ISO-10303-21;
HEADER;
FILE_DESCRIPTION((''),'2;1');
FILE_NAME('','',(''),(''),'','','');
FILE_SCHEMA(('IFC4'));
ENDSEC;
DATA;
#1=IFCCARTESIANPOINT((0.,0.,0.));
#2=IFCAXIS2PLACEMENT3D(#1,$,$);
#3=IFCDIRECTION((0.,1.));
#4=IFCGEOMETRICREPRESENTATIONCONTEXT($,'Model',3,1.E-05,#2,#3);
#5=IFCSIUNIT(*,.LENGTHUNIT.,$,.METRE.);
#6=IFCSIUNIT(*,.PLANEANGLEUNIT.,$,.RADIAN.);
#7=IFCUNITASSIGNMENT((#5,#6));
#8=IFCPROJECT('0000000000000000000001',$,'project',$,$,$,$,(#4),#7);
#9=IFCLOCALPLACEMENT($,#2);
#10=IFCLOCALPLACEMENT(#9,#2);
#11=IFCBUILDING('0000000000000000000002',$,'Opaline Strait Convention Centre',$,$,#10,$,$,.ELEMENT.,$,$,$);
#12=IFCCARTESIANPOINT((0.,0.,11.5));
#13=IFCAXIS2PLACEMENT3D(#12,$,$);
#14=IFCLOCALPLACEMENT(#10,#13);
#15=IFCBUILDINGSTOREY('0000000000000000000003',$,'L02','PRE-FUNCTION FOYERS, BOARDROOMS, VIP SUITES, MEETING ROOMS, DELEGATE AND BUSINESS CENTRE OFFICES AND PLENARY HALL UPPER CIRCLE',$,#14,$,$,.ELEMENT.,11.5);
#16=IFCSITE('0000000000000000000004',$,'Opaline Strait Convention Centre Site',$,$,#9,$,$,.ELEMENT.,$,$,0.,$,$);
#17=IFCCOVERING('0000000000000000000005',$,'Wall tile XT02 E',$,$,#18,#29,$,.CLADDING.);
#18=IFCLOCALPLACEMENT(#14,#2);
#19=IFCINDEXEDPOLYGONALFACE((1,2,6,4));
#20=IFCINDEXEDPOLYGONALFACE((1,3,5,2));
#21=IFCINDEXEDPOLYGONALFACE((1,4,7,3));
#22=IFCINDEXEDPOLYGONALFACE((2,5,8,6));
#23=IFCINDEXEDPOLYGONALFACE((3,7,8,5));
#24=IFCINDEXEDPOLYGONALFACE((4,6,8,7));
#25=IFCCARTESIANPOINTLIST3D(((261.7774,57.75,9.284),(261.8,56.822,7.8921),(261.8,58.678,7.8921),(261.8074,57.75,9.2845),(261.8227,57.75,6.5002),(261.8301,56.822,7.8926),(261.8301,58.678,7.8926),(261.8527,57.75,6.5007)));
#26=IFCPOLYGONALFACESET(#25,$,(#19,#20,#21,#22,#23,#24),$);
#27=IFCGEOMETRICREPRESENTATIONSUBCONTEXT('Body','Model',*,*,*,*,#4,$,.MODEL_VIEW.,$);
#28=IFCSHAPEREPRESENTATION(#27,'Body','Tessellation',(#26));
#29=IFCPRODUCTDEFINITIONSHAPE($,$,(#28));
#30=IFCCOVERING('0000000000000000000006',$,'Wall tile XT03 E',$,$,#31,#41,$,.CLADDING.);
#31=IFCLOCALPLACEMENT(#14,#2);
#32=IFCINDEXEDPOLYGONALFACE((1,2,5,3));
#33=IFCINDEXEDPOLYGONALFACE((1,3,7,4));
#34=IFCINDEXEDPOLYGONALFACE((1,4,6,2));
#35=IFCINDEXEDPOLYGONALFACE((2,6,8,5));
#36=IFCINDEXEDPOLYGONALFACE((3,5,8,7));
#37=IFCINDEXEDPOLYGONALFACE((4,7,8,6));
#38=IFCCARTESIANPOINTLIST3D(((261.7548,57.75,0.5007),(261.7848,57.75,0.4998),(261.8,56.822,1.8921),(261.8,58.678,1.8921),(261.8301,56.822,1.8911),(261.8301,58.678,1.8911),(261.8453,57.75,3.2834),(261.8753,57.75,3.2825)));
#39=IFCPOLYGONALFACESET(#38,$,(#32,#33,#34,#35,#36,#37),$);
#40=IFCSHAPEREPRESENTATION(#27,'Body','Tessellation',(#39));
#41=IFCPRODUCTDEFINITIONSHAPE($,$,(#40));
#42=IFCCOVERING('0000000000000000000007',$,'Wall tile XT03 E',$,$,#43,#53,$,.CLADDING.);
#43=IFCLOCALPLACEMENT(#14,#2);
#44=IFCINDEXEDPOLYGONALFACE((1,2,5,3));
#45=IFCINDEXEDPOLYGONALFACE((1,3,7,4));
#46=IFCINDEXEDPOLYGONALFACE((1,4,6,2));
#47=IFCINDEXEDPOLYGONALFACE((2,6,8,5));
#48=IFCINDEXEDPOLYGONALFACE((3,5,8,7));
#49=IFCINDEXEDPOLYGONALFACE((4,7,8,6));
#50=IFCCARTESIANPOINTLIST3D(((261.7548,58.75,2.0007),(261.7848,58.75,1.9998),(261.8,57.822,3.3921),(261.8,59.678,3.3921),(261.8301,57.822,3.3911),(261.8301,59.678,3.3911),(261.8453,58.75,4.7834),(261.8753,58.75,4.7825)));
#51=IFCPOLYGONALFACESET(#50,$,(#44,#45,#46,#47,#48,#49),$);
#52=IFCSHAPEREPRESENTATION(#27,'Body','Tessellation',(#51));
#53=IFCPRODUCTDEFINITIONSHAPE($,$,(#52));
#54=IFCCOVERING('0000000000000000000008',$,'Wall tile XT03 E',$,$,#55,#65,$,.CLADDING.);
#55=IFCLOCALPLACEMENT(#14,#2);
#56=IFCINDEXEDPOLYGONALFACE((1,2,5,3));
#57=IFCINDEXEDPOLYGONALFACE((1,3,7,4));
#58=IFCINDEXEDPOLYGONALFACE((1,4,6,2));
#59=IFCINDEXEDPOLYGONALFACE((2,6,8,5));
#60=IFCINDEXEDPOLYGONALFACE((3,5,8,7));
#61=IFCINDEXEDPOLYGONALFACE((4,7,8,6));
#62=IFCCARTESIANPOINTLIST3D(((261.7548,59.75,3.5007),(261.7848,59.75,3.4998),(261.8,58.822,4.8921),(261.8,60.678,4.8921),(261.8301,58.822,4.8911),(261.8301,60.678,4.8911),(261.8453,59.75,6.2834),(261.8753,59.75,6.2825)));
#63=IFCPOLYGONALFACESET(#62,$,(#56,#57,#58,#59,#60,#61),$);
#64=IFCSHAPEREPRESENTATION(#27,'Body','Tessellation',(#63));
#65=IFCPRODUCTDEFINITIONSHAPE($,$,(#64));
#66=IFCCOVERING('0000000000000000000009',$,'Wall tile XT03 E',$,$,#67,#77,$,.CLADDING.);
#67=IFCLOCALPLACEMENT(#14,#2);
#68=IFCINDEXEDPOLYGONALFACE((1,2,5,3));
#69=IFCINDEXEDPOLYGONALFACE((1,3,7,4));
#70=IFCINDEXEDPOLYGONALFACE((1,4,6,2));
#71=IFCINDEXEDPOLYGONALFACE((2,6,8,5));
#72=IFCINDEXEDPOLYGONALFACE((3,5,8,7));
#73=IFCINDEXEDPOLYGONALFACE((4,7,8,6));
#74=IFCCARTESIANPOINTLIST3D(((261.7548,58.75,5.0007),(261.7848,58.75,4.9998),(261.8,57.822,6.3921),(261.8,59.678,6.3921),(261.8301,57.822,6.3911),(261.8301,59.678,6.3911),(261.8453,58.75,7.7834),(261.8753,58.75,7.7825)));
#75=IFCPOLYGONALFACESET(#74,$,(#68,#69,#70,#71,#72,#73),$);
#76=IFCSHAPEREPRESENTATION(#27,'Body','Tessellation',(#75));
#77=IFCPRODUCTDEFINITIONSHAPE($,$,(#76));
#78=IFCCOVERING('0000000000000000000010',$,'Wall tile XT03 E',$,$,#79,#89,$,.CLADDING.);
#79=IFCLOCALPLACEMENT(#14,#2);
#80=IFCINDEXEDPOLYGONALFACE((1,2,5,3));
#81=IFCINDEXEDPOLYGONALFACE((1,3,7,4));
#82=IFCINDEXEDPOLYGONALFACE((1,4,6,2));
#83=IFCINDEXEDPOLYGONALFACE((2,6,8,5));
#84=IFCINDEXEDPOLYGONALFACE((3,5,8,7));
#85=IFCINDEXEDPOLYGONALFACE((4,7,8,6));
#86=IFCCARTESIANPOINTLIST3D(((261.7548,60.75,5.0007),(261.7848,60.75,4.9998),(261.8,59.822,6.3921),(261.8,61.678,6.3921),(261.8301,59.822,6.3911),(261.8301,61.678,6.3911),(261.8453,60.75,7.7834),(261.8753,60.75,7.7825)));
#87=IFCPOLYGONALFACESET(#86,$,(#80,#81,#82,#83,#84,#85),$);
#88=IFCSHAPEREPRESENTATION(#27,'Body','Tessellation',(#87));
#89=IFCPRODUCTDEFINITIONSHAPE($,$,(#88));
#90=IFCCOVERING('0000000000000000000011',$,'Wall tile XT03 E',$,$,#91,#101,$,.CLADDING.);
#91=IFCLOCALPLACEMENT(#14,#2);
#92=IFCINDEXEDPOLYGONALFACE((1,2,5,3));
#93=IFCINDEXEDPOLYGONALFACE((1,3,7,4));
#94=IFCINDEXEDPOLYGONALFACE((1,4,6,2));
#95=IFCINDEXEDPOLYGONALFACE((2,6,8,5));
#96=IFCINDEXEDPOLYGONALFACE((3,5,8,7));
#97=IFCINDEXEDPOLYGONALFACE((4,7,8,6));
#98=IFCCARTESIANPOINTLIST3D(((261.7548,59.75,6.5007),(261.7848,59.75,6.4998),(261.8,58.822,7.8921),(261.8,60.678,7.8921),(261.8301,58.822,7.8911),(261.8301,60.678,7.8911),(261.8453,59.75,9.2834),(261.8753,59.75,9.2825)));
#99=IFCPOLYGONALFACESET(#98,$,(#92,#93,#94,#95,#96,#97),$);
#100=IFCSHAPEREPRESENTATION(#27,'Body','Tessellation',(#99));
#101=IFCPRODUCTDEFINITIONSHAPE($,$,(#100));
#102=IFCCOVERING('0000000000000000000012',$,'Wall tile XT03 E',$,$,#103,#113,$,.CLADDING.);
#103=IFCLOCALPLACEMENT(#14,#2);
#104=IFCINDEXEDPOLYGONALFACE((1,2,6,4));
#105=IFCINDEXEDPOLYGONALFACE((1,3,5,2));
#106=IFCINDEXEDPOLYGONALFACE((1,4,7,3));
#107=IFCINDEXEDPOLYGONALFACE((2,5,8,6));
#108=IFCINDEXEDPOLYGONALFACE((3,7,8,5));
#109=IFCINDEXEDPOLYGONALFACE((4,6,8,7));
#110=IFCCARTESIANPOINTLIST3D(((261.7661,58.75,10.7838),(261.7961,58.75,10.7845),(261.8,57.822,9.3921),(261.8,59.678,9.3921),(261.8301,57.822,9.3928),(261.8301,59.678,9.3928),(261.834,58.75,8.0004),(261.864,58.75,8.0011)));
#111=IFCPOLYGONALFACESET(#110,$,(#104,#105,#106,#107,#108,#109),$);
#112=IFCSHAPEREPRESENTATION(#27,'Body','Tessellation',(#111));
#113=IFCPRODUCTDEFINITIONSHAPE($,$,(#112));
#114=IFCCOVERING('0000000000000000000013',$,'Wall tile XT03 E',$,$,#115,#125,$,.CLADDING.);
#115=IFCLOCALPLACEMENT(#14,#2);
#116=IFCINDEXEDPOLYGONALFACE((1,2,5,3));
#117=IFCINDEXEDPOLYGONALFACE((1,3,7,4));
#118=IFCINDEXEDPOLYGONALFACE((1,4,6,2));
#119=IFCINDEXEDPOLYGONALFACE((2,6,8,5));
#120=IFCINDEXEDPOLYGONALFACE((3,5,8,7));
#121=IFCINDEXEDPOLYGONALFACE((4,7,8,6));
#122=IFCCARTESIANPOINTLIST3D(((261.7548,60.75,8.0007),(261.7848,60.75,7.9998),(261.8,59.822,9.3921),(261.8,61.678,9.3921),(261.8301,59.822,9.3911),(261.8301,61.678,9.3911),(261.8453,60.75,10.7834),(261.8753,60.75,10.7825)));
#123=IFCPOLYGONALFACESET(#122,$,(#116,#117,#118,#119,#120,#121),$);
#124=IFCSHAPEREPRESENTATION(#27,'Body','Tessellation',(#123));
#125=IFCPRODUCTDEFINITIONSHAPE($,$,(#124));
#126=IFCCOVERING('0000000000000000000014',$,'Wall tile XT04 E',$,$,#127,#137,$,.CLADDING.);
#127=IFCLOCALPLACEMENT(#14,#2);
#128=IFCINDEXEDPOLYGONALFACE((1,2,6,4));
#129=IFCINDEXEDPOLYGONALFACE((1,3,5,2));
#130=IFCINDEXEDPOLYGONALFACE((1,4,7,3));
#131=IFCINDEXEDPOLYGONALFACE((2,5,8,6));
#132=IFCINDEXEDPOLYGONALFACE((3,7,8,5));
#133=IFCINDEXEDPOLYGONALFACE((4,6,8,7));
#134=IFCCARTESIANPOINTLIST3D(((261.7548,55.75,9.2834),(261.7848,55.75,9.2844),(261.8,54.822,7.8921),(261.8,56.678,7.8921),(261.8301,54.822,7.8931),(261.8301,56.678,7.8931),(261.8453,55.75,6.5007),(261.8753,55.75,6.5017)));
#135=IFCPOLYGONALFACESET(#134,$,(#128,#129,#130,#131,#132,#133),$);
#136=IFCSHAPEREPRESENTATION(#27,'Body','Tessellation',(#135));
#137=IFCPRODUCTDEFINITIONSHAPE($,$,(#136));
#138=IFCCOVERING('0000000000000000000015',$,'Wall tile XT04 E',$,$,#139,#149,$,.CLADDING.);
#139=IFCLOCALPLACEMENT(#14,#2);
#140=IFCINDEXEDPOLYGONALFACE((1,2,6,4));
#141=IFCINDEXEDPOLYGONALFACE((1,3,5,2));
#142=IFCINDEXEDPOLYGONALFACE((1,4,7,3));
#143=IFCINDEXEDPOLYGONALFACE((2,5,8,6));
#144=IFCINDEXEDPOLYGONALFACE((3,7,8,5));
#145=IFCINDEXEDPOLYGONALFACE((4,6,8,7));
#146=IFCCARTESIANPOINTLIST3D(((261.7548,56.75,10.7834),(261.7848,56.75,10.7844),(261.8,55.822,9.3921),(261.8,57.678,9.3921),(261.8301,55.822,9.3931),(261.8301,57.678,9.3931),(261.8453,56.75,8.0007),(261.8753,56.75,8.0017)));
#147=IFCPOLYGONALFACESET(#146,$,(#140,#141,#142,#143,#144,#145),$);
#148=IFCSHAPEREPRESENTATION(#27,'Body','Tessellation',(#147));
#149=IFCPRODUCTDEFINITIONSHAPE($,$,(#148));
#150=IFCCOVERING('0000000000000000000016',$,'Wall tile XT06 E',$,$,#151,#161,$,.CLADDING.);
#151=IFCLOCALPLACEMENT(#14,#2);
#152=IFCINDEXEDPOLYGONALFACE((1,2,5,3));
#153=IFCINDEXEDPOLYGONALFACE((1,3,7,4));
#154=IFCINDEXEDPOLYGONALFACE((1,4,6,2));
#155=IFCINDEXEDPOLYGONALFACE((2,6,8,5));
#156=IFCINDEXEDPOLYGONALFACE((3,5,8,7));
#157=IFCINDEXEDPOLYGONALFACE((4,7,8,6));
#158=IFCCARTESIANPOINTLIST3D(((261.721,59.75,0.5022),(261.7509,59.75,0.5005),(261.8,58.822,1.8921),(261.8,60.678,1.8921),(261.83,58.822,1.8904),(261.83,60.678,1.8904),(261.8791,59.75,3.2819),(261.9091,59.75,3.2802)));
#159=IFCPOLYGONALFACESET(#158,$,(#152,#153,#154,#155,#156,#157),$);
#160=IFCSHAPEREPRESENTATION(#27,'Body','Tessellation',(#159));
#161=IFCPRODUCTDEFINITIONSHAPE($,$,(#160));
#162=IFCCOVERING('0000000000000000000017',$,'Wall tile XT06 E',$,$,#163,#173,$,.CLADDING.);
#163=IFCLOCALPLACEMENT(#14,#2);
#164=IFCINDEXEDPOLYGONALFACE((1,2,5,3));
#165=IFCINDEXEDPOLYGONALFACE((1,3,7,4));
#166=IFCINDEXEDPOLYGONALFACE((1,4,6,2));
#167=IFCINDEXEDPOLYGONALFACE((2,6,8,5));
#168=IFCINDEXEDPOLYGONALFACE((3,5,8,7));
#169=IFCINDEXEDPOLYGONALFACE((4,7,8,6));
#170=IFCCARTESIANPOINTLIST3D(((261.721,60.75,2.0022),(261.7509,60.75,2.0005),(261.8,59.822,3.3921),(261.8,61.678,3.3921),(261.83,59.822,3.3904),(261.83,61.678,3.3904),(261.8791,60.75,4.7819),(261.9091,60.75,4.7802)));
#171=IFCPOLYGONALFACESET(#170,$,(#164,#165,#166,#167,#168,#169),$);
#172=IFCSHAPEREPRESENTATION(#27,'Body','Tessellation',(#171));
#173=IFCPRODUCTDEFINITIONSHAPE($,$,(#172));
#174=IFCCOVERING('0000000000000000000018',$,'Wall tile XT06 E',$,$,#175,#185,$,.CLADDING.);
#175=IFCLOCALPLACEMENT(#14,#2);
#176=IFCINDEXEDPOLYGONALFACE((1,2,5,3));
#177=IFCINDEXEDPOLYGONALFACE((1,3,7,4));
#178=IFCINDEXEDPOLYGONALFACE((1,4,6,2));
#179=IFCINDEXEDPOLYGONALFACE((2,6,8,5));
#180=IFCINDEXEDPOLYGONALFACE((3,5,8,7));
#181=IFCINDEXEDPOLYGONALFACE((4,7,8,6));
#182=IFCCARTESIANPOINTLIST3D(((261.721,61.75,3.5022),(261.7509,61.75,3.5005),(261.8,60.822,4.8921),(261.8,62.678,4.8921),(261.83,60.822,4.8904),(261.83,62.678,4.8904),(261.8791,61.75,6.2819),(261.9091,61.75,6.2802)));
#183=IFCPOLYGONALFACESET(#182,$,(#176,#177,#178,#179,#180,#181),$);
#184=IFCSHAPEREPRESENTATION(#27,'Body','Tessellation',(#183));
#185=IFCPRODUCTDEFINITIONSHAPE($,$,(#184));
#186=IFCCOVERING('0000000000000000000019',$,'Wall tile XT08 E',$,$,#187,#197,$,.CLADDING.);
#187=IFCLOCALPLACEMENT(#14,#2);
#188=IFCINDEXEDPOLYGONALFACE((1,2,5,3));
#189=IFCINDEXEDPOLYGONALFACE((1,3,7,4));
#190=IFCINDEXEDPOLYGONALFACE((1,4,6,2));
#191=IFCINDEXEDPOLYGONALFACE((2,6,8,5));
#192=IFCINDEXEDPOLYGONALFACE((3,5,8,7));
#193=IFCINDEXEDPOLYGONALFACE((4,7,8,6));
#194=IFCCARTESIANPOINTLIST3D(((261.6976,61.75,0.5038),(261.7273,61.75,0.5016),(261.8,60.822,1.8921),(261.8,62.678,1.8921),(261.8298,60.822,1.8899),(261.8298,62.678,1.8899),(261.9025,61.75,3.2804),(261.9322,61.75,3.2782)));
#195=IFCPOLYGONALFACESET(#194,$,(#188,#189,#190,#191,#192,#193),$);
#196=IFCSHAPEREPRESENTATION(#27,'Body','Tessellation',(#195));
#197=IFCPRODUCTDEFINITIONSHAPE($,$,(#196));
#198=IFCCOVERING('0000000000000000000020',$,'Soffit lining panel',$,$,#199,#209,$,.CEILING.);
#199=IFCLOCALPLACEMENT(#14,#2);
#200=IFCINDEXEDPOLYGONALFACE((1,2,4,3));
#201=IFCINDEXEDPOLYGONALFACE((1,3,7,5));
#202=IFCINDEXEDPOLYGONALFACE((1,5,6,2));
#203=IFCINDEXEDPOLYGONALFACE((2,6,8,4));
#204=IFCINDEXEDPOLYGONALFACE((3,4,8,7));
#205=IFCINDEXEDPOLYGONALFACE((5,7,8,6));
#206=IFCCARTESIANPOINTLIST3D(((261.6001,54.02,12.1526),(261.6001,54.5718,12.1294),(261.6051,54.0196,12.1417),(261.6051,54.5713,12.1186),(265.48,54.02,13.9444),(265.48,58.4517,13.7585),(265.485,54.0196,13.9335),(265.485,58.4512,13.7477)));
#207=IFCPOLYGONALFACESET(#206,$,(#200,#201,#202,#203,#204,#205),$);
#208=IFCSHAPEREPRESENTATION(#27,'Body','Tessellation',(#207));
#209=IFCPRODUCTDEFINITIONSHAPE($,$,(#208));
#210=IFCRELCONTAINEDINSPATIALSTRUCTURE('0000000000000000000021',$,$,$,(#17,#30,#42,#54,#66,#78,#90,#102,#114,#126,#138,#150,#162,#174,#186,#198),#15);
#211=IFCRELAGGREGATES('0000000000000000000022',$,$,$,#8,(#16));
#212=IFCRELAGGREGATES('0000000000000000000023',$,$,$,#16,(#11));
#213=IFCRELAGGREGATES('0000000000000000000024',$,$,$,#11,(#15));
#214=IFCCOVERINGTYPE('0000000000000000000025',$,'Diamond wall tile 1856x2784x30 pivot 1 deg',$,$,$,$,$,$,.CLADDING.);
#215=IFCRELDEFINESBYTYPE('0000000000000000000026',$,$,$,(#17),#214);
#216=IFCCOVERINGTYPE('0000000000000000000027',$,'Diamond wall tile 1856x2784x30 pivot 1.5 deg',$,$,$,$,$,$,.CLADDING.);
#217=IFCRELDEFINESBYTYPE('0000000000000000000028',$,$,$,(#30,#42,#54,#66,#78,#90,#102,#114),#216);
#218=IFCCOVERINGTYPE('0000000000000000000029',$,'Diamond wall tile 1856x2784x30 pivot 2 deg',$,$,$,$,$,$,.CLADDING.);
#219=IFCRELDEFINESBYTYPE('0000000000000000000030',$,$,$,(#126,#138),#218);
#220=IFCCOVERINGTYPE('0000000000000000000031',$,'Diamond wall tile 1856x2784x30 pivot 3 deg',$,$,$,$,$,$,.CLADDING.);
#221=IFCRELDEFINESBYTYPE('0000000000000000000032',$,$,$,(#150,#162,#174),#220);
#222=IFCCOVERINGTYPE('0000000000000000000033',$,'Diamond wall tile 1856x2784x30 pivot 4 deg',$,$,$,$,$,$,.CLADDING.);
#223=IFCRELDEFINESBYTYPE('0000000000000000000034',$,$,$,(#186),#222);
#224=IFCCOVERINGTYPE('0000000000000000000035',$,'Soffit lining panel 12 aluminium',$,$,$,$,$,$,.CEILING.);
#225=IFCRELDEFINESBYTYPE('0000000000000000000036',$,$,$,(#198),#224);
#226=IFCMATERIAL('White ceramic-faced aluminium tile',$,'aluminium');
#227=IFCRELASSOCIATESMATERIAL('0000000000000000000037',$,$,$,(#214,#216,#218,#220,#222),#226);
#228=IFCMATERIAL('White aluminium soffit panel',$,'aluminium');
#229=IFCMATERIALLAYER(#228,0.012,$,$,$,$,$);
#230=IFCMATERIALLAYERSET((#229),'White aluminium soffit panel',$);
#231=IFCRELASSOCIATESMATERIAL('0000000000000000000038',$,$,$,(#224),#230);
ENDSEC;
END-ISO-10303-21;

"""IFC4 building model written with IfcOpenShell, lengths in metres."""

from ifc_helpers import new_model, si_unit, direction, frame, origin, place, context, subcontext, project, spatial, polyline, outline, extrude, material, layer, layer_set, material_profile, profile_set, type_object, element, save


model = new_model("IFC4")

# Units and contexts
model_context = context("Model", 3, precision=1e-05, world=origin(), true_north=direction((0.0, 1.0)))
body_context = subcontext(model_context, "Body", "Model", "MODEL_VIEW")
ifc_project = project(units=[si_unit("LENGTHUNIT", "METRE"), si_unit("PLANEANGLEUNIT", "RADIAN")], contexts=[model_context])

# Site, building, storey
site_placement = place(None, origin())
site = spatial("IfcSite", under=ifc_project, at=site_placement, Name="Opaline Strait Convention Centre Site", CompositionType="ELEMENT", RefElevation=0.0)
building_placement = place(site_placement, origin())
building = spatial("IfcBuilding", under=site, at=building_placement, Name="Opaline Strait Convention Centre", CompositionType="ELEMENT")
storey_placement = place(building_placement, frame((0.0, 0.0, 11.5)))
storey = spatial("IfcBuildingStorey", under=building, at=storey_placement, Name="L02", Description="PRE-FUNCTION FOYERS, BOARDROOMS, VIP SUITES, MEETING ROOMS, DELEGATE AND BUSINESS CENTRE OFFICES AND PLENARY HALL UPPER CIRCLE", CompositionType="ELEMENT", Elevation=11.5)

# Coverings
ifc_material_1 = material(Name="White ceramic-faced aluminium tile", Category="aluminium")
ifc_material_profile_1 = material_profile(ifc_material_1, outline(polyline([(0.928, 0.0), (0.0, 1.3921), (-0.928, 0.0), (0.0, -1.3921), (0.928, 0.0)])), Name="Diamond tile 1856x2784")
ifc_profile_set_1 = profile_set([ifc_material_profile_1], Name="White ceramic-faced aluminium tile")
covering_type_1 = type_object("IfcCoveringType", Name="Diamond wall tile 1856x2784x30 pivot 1 deg", PredefinedType="CLADDING", material=ifc_profile_set_1)
for number, where, z_axis, x_axis, name in (
    (1, (261.8, 57.75, 7.8921), (0.999868, 0.0, 0.016258), (0.0, 1.0, 0.0), "Wall tile XT02 E"),
):
    element("IfcCovering", number, at=place(storey_placement, frame(where, z_axis=z_axis, x_axis=x_axis)), inside=storey, type_object=covering_type_1, Name=name, PredefinedType="CLADDING", context=body_context, shape_type="SweptSolid", body=[
        extrude(outline(polyline([(0.928, 0.0), (0.0, 1.3921), (-0.928, 0.0), (0.0, -1.3921), (0.928, 0.0)])), origin(), (0.0, 0.0, 1.0), 0.03),
    ])
ifc_material_profile_2 = material_profile(ifc_material_1, outline(polyline([(0.928, 0.0), (0.0, 1.3921), (-0.928, 0.0), (0.0, -1.3921), (0.928, 0.0)])), Name="Diamond tile 1856x2784")
ifc_profile_set_2 = profile_set([ifc_material_profile_2], Name="White ceramic-faced aluminium tile")
covering_type_2 = type_object("IfcCoveringType", Name="Diamond wall tile 1856x2784x30 pivot 1.5 deg", PredefinedType="CLADDING", material=ifc_profile_set_2)
for number, where, z_axis, x_axis, name in (
    (2, (261.8, 57.75, 1.8921), (0.999472, 0.0, -0.032503), (0.0, 1.0, 0.0), "Wall tile XT03 E"),
    (3, (261.8, 58.75, 3.3921), (0.999472, 0.0, -0.032503), (0.0, 1.0, 0.0), "Wall tile XT03 E"),
    (4, (261.8, 59.75, 4.8921), (0.999472, 0.0, -0.032503), (0.0, 1.0, 0.0), "Wall tile XT03 E"),
    (5, (261.8, 58.75, 6.3921), (0.999472, 0.0, -0.032503), (0.0, 1.0, 0.0), "Wall tile XT03 E"),
    (6, (261.8, 60.75, 6.3921), (0.999472, 0.0, -0.032503), (0.0, 1.0, 0.0), "Wall tile XT03 E"),
    (7, (261.8, 59.75, 7.8921), (0.999472, 0.0, -0.032503), (0.0, 1.0, 0.0), "Wall tile XT03 E"),
    (8, (261.8, 58.75, 9.3921), (0.999703, 0.0, 0.024383), (0.0, 1.0, 0.0), "Wall tile XT03 E"),
    (9, (261.8, 60.75, 9.3921), (0.999472, 0.0, -0.032503), (0.0, 1.0, 0.0), "Wall tile XT03 E"),
):
    element("IfcCovering", number, at=place(storey_placement, frame(where, z_axis=z_axis, x_axis=x_axis)), inside=storey, type_object=covering_type_2, Name=name, PredefinedType="CLADDING", context=body_context, shape_type="SweptSolid", body=[
        extrude(outline(polyline([(0.928, 0.0), (0.0, 1.3921), (-0.928, 0.0), (0.0, -1.3921), (0.928, 0.0)])), origin(), (0.0, 0.0, 1.0), 0.03),
    ])
ifc_material_profile_3 = material_profile(ifc_material_1, outline(polyline([(0.928, 0.0), (0.0, 1.3921), (-0.928, 0.0), (0.0, -1.3921), (0.928, 0.0)])), Name="Diamond tile 1856x2784")
ifc_profile_set_3 = profile_set([ifc_material_profile_3], Name="White ceramic-faced aluminium tile")
covering_type_3 = type_object("IfcCoveringType", Name="Diamond wall tile 1856x2784x30 pivot 2 deg", PredefinedType="CLADDING", material=ifc_profile_set_3)
for number, where, z_axis, x_axis, name in (
    (10, (261.8, 55.75, 7.8921), (0.999472, 0.0, 0.032503), (0.0, 1.0, 0.0), "Wall tile XT04 E"),
    (11, (261.8, 56.75, 9.3921), (0.999472, 0.0, 0.032503), (0.0, 1.0, 0.0), "Wall tile XT04 E"),
):
    element("IfcCovering", number, at=place(storey_placement, frame(where, z_axis=z_axis, x_axis=x_axis)), inside=storey, type_object=covering_type_3, Name=name, PredefinedType="CLADDING", context=body_context, shape_type="SweptSolid", body=[
        extrude(outline(polyline([(0.928, 0.0), (0.0, 1.3921), (-0.928, 0.0), (0.0, -1.3921), (0.928, 0.0)])), origin(), (0.0, 0.0, 1.0), 0.03),
    ])
ifc_material_profile_4 = material_profile(ifc_material_1, outline(polyline([(0.928, 0.0), (0.0, 1.3921), (-0.928, 0.0), (0.0, -1.3921), (0.928, 0.0)])), Name="Diamond tile 1856x2784")
ifc_profile_set_4 = profile_set([ifc_material_profile_4], Name="White ceramic-faced aluminium tile")
covering_type_4 = type_object("IfcCoveringType", Name="Diamond wall tile 1856x2784x30 pivot 3 deg", PredefinedType="CLADDING", material=ifc_profile_set_4)
for number, where, z_axis, x_axis, name in (
    (12, (261.8, 59.75, 1.8921), (0.998385, 0.0, -0.056819), (0.0, 1.0, 0.0), "Wall tile XT06 E"),
    (13, (261.8, 60.75, 3.3921), (0.998385, 0.0, -0.056819), (0.0, 1.0, 0.0), "Wall tile XT06 E"),
    (14, (261.8, 61.75, 4.8921), (0.998385, 0.0, -0.056819), (0.0, 1.0, 0.0), "Wall tile XT06 E"),
):
    element("IfcCovering", number, at=place(storey_placement, frame(where, z_axis=z_axis, x_axis=x_axis)), inside=storey, type_object=covering_type_4, Name=name, PredefinedType="CLADDING", context=body_context, shape_type="SweptSolid", body=[
        extrude(outline(polyline([(0.928, 0.0), (0.0, 1.3921), (-0.928, 0.0), (0.0, -1.3921), (0.928, 0.0)])), origin(), (0.0, 0.0, 1.0), 0.03),
    ])
ifc_material_profile_5 = material_profile(ifc_material_1, outline(polyline([(0.928, 0.0), (0.0, 1.3921), (-0.928, 0.0), (0.0, -1.3921), (0.928, 0.0)])), Name="Diamond tile 1856x2784")
ifc_profile_set_5 = profile_set([ifc_material_profile_5], Name="White ceramic-faced aluminium tile")
covering_type_5 = type_object("IfcCoveringType", Name="Diamond wall tile 1856x2784x30 pivot 4 deg", PredefinedType="CLADDING", material=ifc_profile_set_5)
covering_1_placement = place(storey_placement, frame((261.8, 61.75, 1.8921), z_axis=(0.99729, 0.0, -0.073571), x_axis=(0.0, 1.0, 0.0)))
element("IfcCovering", 15, at=covering_1_placement, inside=storey, type_object=covering_type_5, Name="Wall tile XT08 E", PredefinedType="CLADDING", context=body_context, shape_type="SweptSolid", body=[
    extrude(outline(polyline([(0.928, 0.0), (0.0, 1.3921), (-0.928, 0.0), (0.0, -1.3921), (0.928, 0.0)])), origin(), (0.0, 0.0, 1.0), 0.0298),
])
ifc_material_2 = material(Name="White aluminium soffit panel", Category="aluminium")
ifc_layer = layer(ifc_material_2, 0.012)
ifc_layer_set = layer_set([ifc_layer], Name="White aluminium soffit panel")
covering_type_6 = type_object("IfcCoveringType", Name="Soffit lining panel 12 aluminium", PredefinedType="CEILING", material=ifc_layer_set)
covering_2_placement = place(storey_placement, frame((265.48, 58.4517, 13.7585), z_axis=(-0.418964, 0.038045, 0.907205), x_axis=(-0.000005, -0.999122, 0.041897)))
element("IfcCovering", 16, at=covering_2_placement, inside=storey, type_object=covering_type_6, Name="Soffit lining panel", PredefinedType="CEILING", context=body_context, shape_type="SweptSolid", body=[
    extrude(outline(polyline([(0.0, 0.0), (4.4355, 0.0), (4.3605, -4.273), (3.8082, -4.273), (0.0, 0.0)])), origin(), (0.0, 0.0, -1.0), 0.012),
])

save(model, "model.ifc")
